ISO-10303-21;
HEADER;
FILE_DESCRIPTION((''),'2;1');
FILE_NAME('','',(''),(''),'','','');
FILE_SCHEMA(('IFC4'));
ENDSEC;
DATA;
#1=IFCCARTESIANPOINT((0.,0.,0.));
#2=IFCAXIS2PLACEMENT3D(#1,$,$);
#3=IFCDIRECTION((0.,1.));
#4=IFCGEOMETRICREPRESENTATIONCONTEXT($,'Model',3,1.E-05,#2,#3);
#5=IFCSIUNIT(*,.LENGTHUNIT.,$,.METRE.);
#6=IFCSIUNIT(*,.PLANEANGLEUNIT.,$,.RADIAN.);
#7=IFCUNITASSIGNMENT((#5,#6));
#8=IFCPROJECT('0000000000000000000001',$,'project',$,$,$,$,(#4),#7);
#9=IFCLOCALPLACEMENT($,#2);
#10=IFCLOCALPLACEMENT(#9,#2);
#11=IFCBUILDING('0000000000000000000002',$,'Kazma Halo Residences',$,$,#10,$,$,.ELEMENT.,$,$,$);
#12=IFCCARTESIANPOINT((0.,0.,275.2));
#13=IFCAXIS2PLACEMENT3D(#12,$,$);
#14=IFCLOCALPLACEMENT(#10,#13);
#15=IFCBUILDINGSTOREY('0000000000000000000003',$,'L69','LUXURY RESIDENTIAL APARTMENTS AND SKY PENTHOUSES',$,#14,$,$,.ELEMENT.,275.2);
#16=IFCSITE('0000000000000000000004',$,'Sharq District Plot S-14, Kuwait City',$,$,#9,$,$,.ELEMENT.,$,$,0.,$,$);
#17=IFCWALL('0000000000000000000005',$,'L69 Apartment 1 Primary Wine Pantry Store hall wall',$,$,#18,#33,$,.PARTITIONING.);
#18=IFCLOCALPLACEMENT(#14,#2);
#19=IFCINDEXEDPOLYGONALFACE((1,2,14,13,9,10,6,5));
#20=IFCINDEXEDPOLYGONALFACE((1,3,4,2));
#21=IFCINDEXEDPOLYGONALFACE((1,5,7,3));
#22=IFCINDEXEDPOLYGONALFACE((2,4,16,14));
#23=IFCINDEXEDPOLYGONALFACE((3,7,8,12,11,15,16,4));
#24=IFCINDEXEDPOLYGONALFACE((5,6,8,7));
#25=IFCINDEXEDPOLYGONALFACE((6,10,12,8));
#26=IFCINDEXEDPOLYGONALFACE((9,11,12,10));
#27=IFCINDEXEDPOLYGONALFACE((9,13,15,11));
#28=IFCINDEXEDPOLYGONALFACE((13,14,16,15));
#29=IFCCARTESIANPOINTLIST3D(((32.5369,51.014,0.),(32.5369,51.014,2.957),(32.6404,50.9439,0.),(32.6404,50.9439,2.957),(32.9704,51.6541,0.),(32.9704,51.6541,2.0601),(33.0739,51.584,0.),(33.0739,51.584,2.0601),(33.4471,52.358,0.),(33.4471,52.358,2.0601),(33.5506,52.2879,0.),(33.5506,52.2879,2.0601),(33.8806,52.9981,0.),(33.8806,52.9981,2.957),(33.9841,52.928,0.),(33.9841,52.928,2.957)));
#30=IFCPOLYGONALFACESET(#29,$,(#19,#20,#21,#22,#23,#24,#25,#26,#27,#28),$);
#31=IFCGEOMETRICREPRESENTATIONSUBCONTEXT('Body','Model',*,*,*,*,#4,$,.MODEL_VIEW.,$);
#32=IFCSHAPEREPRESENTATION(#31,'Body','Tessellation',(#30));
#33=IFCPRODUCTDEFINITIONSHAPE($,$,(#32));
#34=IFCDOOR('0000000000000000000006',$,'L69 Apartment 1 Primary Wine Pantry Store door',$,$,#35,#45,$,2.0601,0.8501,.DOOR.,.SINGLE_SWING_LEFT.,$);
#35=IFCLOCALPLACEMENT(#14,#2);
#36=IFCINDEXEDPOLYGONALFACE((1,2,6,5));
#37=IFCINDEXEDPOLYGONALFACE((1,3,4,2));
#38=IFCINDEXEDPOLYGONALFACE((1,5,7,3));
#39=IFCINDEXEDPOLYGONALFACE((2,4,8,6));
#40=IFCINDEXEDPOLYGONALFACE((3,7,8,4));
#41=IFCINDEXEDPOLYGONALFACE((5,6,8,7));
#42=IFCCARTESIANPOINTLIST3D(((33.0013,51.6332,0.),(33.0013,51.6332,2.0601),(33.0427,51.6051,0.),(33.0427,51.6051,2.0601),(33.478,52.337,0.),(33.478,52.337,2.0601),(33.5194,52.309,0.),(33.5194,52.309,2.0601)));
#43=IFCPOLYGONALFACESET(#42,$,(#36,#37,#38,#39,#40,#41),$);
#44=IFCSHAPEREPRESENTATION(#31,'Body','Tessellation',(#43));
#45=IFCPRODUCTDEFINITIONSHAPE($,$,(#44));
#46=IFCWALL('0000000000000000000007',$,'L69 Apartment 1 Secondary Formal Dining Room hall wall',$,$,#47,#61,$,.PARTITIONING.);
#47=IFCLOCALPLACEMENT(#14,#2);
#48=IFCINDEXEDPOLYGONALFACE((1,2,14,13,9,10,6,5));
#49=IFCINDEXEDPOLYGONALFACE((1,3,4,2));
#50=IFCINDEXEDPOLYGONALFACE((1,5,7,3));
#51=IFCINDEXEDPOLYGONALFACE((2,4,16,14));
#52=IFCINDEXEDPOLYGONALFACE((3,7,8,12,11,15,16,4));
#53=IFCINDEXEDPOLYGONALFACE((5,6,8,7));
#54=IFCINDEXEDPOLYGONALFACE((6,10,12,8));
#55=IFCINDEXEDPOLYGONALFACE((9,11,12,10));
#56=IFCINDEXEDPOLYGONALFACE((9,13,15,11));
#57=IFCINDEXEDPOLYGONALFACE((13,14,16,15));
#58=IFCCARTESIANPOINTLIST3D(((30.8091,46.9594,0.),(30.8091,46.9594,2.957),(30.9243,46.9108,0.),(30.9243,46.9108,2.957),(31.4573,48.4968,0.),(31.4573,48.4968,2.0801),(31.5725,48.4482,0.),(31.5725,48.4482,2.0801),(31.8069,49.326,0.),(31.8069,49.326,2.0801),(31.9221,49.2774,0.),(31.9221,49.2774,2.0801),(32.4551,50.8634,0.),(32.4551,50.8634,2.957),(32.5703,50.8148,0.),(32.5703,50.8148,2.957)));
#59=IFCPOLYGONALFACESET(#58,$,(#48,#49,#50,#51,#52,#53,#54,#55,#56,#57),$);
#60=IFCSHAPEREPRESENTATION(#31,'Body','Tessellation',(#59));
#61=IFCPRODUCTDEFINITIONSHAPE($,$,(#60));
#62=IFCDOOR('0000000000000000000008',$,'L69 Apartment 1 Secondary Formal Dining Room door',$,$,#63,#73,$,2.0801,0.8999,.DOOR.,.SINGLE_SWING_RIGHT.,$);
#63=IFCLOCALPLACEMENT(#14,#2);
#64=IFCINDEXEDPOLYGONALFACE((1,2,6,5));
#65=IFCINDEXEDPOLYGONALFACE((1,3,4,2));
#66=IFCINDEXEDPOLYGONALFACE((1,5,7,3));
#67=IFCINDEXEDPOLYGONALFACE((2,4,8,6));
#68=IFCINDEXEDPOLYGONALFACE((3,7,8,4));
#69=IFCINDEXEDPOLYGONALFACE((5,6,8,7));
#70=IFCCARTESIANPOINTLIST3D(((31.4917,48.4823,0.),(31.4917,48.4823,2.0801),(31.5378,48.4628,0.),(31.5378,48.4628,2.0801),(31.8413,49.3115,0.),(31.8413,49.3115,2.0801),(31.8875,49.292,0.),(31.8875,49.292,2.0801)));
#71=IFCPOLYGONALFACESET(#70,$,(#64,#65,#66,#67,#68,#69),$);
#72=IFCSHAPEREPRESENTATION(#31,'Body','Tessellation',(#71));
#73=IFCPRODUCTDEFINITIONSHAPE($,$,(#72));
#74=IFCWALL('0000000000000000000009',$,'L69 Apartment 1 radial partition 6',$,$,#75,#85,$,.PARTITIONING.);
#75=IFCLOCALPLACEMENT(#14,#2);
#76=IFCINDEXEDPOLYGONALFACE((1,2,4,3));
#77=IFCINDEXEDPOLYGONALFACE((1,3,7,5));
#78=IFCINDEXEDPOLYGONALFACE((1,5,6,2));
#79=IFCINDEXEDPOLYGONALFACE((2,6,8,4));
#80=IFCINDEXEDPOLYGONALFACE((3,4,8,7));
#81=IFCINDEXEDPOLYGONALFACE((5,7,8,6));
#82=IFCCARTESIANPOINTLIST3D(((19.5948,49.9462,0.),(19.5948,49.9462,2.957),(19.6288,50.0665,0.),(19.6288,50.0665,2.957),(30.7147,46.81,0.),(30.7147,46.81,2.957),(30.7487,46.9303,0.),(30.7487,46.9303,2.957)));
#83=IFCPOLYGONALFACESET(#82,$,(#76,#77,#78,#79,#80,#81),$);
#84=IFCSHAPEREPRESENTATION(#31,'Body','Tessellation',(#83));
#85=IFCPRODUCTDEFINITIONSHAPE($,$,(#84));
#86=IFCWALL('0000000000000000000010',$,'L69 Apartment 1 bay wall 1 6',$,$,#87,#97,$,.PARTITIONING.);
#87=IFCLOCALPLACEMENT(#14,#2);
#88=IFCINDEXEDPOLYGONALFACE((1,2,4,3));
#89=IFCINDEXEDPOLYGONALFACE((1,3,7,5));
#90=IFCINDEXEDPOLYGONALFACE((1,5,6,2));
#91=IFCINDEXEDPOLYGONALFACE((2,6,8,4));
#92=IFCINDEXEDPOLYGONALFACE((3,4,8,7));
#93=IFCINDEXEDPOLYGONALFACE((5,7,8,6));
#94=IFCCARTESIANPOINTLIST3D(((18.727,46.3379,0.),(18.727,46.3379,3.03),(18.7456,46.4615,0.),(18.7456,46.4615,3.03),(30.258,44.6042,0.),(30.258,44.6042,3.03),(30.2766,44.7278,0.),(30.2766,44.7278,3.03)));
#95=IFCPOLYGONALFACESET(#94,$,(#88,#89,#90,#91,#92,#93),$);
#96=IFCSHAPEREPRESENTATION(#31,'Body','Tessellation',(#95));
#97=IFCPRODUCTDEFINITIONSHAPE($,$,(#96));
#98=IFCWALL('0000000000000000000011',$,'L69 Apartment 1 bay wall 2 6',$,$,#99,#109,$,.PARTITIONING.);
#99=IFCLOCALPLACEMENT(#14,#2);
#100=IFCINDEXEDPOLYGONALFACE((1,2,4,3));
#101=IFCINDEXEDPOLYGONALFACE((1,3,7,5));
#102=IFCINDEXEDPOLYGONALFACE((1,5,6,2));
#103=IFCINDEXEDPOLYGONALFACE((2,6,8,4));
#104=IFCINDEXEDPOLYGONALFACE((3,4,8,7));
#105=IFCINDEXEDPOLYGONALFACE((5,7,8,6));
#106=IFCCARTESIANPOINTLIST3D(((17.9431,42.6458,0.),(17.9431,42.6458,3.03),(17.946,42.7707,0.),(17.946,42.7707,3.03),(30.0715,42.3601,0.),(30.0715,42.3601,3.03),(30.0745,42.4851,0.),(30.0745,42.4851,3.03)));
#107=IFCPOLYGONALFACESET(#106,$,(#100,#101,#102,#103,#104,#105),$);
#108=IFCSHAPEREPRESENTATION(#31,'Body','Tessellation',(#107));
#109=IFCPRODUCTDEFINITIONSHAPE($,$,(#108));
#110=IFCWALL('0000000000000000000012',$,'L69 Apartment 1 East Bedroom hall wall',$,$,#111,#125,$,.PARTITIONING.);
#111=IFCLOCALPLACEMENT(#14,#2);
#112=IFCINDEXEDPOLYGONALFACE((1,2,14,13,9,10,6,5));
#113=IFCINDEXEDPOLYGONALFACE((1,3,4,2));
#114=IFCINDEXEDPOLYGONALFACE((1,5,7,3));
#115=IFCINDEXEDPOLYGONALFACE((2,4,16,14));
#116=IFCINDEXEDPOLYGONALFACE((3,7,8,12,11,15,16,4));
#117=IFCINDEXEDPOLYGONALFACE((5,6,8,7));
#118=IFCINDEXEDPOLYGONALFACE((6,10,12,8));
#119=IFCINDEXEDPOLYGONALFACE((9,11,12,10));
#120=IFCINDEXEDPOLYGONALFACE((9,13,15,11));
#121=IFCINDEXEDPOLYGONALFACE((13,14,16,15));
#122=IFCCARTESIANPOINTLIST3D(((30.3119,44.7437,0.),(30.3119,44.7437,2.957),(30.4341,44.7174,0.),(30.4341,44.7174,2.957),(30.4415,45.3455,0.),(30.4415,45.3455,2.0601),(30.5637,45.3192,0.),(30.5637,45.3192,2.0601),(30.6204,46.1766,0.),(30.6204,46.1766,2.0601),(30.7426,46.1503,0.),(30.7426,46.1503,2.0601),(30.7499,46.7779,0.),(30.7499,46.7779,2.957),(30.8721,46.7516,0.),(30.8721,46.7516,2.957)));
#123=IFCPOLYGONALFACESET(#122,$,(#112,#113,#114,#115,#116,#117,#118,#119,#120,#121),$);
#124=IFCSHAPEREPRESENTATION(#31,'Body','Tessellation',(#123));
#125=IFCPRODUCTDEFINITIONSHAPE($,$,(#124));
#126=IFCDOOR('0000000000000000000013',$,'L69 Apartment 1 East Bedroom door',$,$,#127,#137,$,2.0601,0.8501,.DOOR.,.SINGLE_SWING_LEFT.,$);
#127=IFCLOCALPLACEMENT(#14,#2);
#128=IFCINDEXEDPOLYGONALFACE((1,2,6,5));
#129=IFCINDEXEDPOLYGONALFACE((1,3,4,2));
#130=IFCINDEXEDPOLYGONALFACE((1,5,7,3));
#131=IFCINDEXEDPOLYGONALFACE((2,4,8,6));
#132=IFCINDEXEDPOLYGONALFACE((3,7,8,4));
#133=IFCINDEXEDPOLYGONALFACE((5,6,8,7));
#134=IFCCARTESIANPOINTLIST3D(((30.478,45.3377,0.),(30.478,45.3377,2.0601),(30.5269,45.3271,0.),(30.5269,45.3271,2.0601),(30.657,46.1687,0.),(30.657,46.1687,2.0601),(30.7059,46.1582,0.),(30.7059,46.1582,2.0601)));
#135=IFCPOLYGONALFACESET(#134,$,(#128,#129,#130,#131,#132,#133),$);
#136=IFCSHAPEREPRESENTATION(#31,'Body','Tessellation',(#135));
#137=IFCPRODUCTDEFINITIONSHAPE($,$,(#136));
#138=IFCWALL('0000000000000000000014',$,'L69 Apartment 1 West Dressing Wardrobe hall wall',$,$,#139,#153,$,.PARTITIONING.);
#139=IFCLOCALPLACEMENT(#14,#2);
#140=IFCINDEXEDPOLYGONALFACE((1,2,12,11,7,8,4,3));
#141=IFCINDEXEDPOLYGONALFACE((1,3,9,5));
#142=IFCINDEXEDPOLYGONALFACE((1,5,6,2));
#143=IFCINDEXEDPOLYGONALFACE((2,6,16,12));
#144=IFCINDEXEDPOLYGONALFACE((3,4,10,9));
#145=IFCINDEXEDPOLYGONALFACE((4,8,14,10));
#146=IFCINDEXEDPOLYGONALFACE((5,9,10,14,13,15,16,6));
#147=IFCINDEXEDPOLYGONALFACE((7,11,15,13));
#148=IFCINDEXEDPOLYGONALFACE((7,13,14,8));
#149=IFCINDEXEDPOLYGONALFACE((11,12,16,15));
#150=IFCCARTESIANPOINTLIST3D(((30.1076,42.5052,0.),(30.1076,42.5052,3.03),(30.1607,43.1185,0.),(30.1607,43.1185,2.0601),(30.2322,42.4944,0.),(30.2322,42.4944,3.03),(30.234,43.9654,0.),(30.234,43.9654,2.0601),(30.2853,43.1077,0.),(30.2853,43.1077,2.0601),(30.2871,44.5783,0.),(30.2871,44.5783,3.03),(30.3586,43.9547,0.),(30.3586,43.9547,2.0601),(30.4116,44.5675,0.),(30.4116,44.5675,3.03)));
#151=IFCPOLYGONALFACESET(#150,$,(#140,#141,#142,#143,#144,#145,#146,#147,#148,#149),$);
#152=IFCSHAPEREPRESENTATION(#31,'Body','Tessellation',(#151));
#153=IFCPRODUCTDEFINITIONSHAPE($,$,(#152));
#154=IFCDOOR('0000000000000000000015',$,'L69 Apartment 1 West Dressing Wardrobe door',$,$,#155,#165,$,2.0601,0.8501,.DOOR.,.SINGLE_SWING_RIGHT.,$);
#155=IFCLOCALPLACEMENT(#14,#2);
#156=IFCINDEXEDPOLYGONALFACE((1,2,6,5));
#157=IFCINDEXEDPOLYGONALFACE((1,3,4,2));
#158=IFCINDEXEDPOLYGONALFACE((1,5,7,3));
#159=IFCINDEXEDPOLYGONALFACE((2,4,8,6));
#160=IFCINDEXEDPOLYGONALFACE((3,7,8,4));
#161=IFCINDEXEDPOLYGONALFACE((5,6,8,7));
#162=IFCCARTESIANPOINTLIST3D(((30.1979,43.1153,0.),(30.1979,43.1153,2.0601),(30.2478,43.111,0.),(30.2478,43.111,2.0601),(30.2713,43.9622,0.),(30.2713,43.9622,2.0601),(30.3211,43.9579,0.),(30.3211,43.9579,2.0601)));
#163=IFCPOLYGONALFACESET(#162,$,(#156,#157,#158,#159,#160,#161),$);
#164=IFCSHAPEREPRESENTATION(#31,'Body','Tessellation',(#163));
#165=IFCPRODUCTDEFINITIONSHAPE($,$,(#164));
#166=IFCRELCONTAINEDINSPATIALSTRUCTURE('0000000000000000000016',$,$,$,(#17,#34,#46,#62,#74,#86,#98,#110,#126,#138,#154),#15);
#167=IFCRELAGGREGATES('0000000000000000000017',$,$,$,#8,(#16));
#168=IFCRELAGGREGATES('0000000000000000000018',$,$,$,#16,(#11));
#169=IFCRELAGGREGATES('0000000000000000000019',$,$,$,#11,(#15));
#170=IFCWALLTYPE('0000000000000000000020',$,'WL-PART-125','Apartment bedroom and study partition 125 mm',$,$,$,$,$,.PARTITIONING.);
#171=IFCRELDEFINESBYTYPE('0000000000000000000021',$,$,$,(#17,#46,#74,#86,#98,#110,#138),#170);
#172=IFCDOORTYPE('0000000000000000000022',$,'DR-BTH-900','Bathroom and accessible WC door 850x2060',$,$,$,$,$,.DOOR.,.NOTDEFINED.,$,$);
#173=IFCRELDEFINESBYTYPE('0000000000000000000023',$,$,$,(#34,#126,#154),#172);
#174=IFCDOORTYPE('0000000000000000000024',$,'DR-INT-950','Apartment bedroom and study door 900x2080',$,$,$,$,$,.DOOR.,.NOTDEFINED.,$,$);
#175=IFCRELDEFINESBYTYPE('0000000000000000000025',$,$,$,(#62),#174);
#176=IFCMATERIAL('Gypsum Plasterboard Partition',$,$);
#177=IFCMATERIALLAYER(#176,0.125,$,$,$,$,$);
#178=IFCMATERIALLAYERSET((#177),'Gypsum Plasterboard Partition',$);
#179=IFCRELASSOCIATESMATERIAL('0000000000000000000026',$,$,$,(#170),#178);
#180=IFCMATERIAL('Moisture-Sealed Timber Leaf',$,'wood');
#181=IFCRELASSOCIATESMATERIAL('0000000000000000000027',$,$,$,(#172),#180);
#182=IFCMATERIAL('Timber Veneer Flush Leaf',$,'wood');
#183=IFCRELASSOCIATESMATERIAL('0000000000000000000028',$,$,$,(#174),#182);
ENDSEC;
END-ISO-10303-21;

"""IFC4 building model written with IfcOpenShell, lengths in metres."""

from ifc_helpers import new_model, si_unit, direction, frame, frame_2d, origin, place, context, subcontext, project, spatial, rectangle, extrude, material, layer, layer_set, type_object, element, fill, save


model = new_model("IFC4")

# Units and contexts
model_context = context("Model", 3, precision=1e-05, world=origin(), true_north=direction((0.0, 1.0)))
body_context = subcontext(model_context, "Body", "Model", "MODEL_VIEW")
ifc_project = project(units=[si_unit("LENGTHUNIT", "METRE"), si_unit("PLANEANGLEUNIT", "RADIAN")], contexts=[model_context])

# Site, building, storey
site_placement = place(None, origin())
site = spatial("IfcSite", under=ifc_project, at=site_placement, Name="Sharq District Plot S-14, Kuwait City", CompositionType="ELEMENT", RefElevation=0.0)
building_placement = place(site_placement, origin())
building = spatial("IfcBuilding", under=site, at=building_placement, Name="Kazma Halo Residences", CompositionType="ELEMENT")
storey_placement = place(building_placement, frame((0.0, 0.0, 275.2)))
storey = spatial("IfcBuildingStorey", under=building, at=storey_placement, Name="L69", Description="LUXURY RESIDENTIAL APARTMENTS AND SKY PENTHOUSES", CompositionType="ELEMENT", Elevation=275.2)

# Shared definitions
ifc_material_1 = material(Name="Gypsum Plasterboard Partition")
ifc_layer_1 = layer(ifc_material_1, 0.125)
ifc_layer_set_1 = layer_set([ifc_layer_1], Name="Gypsum Plasterboard Partition")
wall_type = type_object("IfcWallType", Name="WL-PART-125", Description="Apartment bedroom and study partition 125 mm", PredefinedType="PARTITIONING", material=ifc_layer_set_1)

# Walls, openings, doors
wall_1_placement = place(storey_placement, frame((33.9324, 52.9631, 0.0), z_axis=(0.0, 0.0, 1.0), x_axis=(-0.560751, -0.827984, 0.0)))
wall_1 = element("IfcWall", 1, at=wall_1_placement, inside=storey, type_object=wall_type, Name="L69 Apartment 1 Primary Wine Pantry Store hall wall", PredefinedType="PARTITIONING", context=body_context, shape_type="SweptSolid", body=[
    extrude(rectangle(XDim=2.3962, YDim=0.125, at=frame_2d((1.1982, 0.0))), origin(), (0.0, 0.0, 1.0), 2.957),
])
opening_1_placement = place(wall_1_placement, frame((0.7732, 0.0, 0.0)))
opening_1 = element("IfcOpeningElement", 2, at=opening_1_placement, cuts=wall_1, PredefinedType="OPENING", context=body_context, shape_type="SweptSolid", body=[
    extrude(rectangle(XDim=0.8501, YDim=2.0601, at=frame_2d((0.425, 1.03))), frame((0.0, 0.0725, 0.0), z_axis=(0.0, -1.0, 0.0), x_axis=(1.0, 0.0, 0.0)), (0.0, 0.0, 1.0), 0.145),
])
ifc_material_2 = material(Name="Moisture-Sealed Timber Leaf", Category="wood")
door_type_1 = type_object("IfcDoorType", Name="DR-BTH-900", Description="Bathroom and accessible WC door 850x2060", OperationType="NOTDEFINED", PredefinedType="DOOR", material=ifc_material_2)
door_1_placement = place(opening_1_placement, origin())
door_1 = element("IfcDoor", 3, at=door_1_placement, inside=storey, type_object=door_type_1, Name="L69 Apartment 1 Primary Wine Pantry Store door", OperationType="SINGLE_SWING_LEFT", OverallHeight=2.0601, OverallWidth=0.8501, PredefinedType="DOOR", context=body_context, shape_type="SweptSolid", body=[
    extrude(rectangle(XDim=0.8501, YDim=2.0601, at=frame_2d((0.425, 1.03))), frame((0.0, 0.0249, 0.0), z_axis=(0.0, -1.0, 0.0), x_axis=(1.0, 0.0, 0.0)), (0.0, 0.0, 1.0), 0.05),
])
fill(opening_1, door_1)
wall_2_placement = place(storey_placement, frame((32.5127, 50.8391, 0.0), z_axis=(0.0, 0.0, 1.0), x_axis=(-0.388495, -0.921451, 0.0)))
wall_2 = element("IfcWall", 4, at=wall_2_placement, inside=storey, type_object=wall_type, Name="L69 Apartment 1 Secondary Formal Dining Room hall wall", PredefinedType="PARTITIONING", context=body_context, shape_type="SweptSolid", body=[
    extrude(rectangle(XDim=4.2368, YDim=0.125, at=frame_2d((2.1184, 0.0))), origin(), (0.0, 0.0, 1.0), 2.957),
])
opening_2_placement = place(wall_2_placement, frame((1.6685, 0.0, 0.0)))
opening_2 = element("IfcOpeningElement", 5, at=opening_2_placement, cuts=wall_2, PredefinedType="OPENING", context=body_context, shape_type="SweptSolid", body=[
    extrude(rectangle(XDim=0.8999, YDim=2.0801, at=frame_2d((0.45, 1.04))), frame((0.0, 0.0725, 0.0), z_axis=(0.0, -1.0, 0.0), x_axis=(1.0, 0.0, 0.0)), (0.0, 0.0, 1.0), 0.145),
])
ifc_material_3 = material(Name="Timber Veneer Flush Leaf", Category="wood")
door_type_2 = type_object("IfcDoorType", Name="DR-INT-950", Description="Apartment bedroom and study door 900x2080", OperationType="NOTDEFINED", PredefinedType="DOOR", material=ifc_material_3)
door_2_placement = place(opening_2_placement, origin())
door_2 = element("IfcDoor", 6, at=door_2_placement, inside=storey, type_object=door_type_2, Name="L69 Apartment 1 Secondary Formal Dining Room door", OperationType="SINGLE_SWING_RIGHT", OverallHeight=2.0801, OverallWidth=0.8999, PredefinedType="DOOR", context=body_context, shape_type="SweptSolid", body=[
    extrude(rectangle(XDim=0.8999, YDim=2.0801, at=frame_2d((0.45, 1.04))), frame((0.0, 0.0249, 0.0), z_axis=(0.0, -1.0, 0.0), x_axis=(1.0, 0.0, 0.0)), (0.0, 0.0, 1.0), 0.05),
])
fill(opening_2, door_2)

# Walls
wall_3_placement = place(storey_placement, frame((30.7317, 46.8701, 0.0), z_axis=(0.0, 0.0, 1.0), x_axis=(-0.962453, 0.271449, 0.0)))
element("IfcWall", 7, at=wall_3_placement, inside=storey, type_object=wall_type, Name="L69 Apartment 1 radial partition 6", PredefinedType="PARTITIONING", context=body_context, shape_type="SweptSolid", body=[
    extrude(rectangle(XDim=11.5537, YDim=0.125, at=frame_2d((5.7769, 0.0))), origin(), (0.0, 0.0, 1.0), 2.957),
])
wall_4_placement = place(storey_placement, frame((30.2673, 44.666, 0.0), z_axis=(0.0, 0.0, 1.0), x_axis=(-0.988886, 0.148675, 0.0)))
element("IfcWall", 8, at=wall_4_placement, inside=storey, type_object=wall_type, Name="L69 Apartment 1 bay wall 1 6", PredefinedType="PARTITIONING", context=body_context, shape_type="SweptSolid", body=[
    extrude(rectangle(XDim=11.6606, YDim=0.125, at=frame_2d((5.8303, 0.0))), origin(), (0.0, 0.0, 1.0), 3.03),
])
wall_5_placement = place(storey_placement, frame((30.073, 42.4226, 0.0), z_axis=(0.0, 0.0, 1.0), x_axis=(-0.999723, 0.023545, 0.0)))
element("IfcWall", 9, at=wall_5_placement, inside=storey, type_object=wall_type, Name="L69 Apartment 1 bay wall 2 6", PredefinedType="PARTITIONING", context=body_context, shape_type="SweptSolid", body=[
    extrude(rectangle(XDim=12.1318, YDim=0.125, at=frame_2d((6.0659, 0.0))), origin(), (0.0, 0.0, 1.0), 3.03),
])

# Walls, openings, doors
wall_6_placement = place(storey_placement, frame((30.811, 46.7649, 0.0), z_axis=(0.0, 0.0, 1.0), x_axis=(-0.210491, -0.977596, 0.0)))
wall_6 = element("IfcWall", 10, at=wall_6_placement, inside=storey, type_object=wall_type, Name="L69 Apartment 1 East Bedroom hall wall", PredefinedType="PARTITIONING", context=body_context, shape_type="SweptSolid", body=[
    extrude(rectangle(XDim=2.0808, YDim=0.125, at=frame_2d((1.0405, 0.0))), origin(), (0.0, 0.0, 1.0), 2.957),
])
opening_3_placement = place(wall_6_placement, frame((0.6152, 0.0, 0.0)))
opening_3 = element("IfcOpeningElement", 11, at=opening_3_placement, cuts=wall_6, PredefinedType="OPENING", context=body_context, shape_type="SweptSolid", body=[
    extrude(rectangle(XDim=0.8501, YDim=2.0601, at=frame_2d((0.425, 1.03))), frame((0.0, 0.0725, 0.0), z_axis=(0.0, -1.0, 0.0), x_axis=(1.0, 0.0, 0.0)), (0.0, 0.0, 1.0), 0.145),
])
door_3_placement = place(opening_3_placement, origin())
door_3 = element("IfcDoor", 12, at=door_3_placement, inside=storey, type_object=door_type_1, Name="L69 Apartment 1 East Bedroom door", OperationType="SINGLE_SWING_LEFT", OverallHeight=2.0601, OverallWidth=0.8501, PredefinedType="DOOR", context=body_context, shape_type="SweptSolid", body=[
    extrude(rectangle(XDim=0.8501, YDim=2.0601, at=frame_2d((0.425, 1.03))), frame((0.0, 0.0249, 0.0), z_axis=(0.0, -1.0, 0.0), x_axis=(1.0, 0.0, 0.0)), (0.0, 0.0, 1.0), 0.05),
])
fill(opening_3, door_3)
wall_7_placement = place(storey_placement, frame((30.3494, 44.573, 0.0), z_axis=(0.0, 0.0, 1.0), x_axis=(-0.08624, -0.996274, 0.0)))
wall_7 = element("IfcWall", 13, at=wall_7_placement, inside=storey, type_object=wall_type, Name="L69 Apartment 1 West Dressing Wardrobe hall wall", PredefinedType="PARTITIONING", context=body_context, shape_type="SweptSolid", body=[
    extrude(rectangle(XDim=2.0808, YDim=0.125, at=frame_2d((1.0405, 0.0))), origin(), (0.0, 0.0, 1.0), 3.03),
])
opening_4_placement = place(wall_7_placement, frame((0.6152, 0.0, 0.0)))
opening_4 = element("IfcOpeningElement", 14, at=opening_4_placement, cuts=wall_7, PredefinedType="OPENING", context=body_context, shape_type="SweptSolid", body=[
    extrude(rectangle(XDim=0.8501, YDim=2.0601, at=frame_2d((0.425, 1.03))), frame((0.0, 0.0725, 0.0), z_axis=(0.0, -1.0, 0.0), x_axis=(1.0, 0.0, 0.0)), (0.0, 0.0, 1.0), 0.145),
])
door_4_placement = place(opening_4_placement, origin())
door_4 = element("IfcDoor", 15, at=door_4_placement, inside=storey, type_object=door_type_1, Name="L69 Apartment 1 West Dressing Wardrobe door", OperationType="SINGLE_SWING_RIGHT", OverallHeight=2.0601, OverallWidth=0.8501, PredefinedType="DOOR", context=body_context, shape_type="SweptSolid", body=[
    extrude(rectangle(XDim=0.8501, YDim=2.0601, at=frame_2d((0.425, 1.03))), frame((0.0, 0.0249, 0.0), z_axis=(0.0, -1.0, 0.0), x_axis=(1.0, 0.0, 0.0)), (0.0, 0.0, 1.0), 0.05),
])
fill(opening_4, door_4)

save(model, "model.ifc")
